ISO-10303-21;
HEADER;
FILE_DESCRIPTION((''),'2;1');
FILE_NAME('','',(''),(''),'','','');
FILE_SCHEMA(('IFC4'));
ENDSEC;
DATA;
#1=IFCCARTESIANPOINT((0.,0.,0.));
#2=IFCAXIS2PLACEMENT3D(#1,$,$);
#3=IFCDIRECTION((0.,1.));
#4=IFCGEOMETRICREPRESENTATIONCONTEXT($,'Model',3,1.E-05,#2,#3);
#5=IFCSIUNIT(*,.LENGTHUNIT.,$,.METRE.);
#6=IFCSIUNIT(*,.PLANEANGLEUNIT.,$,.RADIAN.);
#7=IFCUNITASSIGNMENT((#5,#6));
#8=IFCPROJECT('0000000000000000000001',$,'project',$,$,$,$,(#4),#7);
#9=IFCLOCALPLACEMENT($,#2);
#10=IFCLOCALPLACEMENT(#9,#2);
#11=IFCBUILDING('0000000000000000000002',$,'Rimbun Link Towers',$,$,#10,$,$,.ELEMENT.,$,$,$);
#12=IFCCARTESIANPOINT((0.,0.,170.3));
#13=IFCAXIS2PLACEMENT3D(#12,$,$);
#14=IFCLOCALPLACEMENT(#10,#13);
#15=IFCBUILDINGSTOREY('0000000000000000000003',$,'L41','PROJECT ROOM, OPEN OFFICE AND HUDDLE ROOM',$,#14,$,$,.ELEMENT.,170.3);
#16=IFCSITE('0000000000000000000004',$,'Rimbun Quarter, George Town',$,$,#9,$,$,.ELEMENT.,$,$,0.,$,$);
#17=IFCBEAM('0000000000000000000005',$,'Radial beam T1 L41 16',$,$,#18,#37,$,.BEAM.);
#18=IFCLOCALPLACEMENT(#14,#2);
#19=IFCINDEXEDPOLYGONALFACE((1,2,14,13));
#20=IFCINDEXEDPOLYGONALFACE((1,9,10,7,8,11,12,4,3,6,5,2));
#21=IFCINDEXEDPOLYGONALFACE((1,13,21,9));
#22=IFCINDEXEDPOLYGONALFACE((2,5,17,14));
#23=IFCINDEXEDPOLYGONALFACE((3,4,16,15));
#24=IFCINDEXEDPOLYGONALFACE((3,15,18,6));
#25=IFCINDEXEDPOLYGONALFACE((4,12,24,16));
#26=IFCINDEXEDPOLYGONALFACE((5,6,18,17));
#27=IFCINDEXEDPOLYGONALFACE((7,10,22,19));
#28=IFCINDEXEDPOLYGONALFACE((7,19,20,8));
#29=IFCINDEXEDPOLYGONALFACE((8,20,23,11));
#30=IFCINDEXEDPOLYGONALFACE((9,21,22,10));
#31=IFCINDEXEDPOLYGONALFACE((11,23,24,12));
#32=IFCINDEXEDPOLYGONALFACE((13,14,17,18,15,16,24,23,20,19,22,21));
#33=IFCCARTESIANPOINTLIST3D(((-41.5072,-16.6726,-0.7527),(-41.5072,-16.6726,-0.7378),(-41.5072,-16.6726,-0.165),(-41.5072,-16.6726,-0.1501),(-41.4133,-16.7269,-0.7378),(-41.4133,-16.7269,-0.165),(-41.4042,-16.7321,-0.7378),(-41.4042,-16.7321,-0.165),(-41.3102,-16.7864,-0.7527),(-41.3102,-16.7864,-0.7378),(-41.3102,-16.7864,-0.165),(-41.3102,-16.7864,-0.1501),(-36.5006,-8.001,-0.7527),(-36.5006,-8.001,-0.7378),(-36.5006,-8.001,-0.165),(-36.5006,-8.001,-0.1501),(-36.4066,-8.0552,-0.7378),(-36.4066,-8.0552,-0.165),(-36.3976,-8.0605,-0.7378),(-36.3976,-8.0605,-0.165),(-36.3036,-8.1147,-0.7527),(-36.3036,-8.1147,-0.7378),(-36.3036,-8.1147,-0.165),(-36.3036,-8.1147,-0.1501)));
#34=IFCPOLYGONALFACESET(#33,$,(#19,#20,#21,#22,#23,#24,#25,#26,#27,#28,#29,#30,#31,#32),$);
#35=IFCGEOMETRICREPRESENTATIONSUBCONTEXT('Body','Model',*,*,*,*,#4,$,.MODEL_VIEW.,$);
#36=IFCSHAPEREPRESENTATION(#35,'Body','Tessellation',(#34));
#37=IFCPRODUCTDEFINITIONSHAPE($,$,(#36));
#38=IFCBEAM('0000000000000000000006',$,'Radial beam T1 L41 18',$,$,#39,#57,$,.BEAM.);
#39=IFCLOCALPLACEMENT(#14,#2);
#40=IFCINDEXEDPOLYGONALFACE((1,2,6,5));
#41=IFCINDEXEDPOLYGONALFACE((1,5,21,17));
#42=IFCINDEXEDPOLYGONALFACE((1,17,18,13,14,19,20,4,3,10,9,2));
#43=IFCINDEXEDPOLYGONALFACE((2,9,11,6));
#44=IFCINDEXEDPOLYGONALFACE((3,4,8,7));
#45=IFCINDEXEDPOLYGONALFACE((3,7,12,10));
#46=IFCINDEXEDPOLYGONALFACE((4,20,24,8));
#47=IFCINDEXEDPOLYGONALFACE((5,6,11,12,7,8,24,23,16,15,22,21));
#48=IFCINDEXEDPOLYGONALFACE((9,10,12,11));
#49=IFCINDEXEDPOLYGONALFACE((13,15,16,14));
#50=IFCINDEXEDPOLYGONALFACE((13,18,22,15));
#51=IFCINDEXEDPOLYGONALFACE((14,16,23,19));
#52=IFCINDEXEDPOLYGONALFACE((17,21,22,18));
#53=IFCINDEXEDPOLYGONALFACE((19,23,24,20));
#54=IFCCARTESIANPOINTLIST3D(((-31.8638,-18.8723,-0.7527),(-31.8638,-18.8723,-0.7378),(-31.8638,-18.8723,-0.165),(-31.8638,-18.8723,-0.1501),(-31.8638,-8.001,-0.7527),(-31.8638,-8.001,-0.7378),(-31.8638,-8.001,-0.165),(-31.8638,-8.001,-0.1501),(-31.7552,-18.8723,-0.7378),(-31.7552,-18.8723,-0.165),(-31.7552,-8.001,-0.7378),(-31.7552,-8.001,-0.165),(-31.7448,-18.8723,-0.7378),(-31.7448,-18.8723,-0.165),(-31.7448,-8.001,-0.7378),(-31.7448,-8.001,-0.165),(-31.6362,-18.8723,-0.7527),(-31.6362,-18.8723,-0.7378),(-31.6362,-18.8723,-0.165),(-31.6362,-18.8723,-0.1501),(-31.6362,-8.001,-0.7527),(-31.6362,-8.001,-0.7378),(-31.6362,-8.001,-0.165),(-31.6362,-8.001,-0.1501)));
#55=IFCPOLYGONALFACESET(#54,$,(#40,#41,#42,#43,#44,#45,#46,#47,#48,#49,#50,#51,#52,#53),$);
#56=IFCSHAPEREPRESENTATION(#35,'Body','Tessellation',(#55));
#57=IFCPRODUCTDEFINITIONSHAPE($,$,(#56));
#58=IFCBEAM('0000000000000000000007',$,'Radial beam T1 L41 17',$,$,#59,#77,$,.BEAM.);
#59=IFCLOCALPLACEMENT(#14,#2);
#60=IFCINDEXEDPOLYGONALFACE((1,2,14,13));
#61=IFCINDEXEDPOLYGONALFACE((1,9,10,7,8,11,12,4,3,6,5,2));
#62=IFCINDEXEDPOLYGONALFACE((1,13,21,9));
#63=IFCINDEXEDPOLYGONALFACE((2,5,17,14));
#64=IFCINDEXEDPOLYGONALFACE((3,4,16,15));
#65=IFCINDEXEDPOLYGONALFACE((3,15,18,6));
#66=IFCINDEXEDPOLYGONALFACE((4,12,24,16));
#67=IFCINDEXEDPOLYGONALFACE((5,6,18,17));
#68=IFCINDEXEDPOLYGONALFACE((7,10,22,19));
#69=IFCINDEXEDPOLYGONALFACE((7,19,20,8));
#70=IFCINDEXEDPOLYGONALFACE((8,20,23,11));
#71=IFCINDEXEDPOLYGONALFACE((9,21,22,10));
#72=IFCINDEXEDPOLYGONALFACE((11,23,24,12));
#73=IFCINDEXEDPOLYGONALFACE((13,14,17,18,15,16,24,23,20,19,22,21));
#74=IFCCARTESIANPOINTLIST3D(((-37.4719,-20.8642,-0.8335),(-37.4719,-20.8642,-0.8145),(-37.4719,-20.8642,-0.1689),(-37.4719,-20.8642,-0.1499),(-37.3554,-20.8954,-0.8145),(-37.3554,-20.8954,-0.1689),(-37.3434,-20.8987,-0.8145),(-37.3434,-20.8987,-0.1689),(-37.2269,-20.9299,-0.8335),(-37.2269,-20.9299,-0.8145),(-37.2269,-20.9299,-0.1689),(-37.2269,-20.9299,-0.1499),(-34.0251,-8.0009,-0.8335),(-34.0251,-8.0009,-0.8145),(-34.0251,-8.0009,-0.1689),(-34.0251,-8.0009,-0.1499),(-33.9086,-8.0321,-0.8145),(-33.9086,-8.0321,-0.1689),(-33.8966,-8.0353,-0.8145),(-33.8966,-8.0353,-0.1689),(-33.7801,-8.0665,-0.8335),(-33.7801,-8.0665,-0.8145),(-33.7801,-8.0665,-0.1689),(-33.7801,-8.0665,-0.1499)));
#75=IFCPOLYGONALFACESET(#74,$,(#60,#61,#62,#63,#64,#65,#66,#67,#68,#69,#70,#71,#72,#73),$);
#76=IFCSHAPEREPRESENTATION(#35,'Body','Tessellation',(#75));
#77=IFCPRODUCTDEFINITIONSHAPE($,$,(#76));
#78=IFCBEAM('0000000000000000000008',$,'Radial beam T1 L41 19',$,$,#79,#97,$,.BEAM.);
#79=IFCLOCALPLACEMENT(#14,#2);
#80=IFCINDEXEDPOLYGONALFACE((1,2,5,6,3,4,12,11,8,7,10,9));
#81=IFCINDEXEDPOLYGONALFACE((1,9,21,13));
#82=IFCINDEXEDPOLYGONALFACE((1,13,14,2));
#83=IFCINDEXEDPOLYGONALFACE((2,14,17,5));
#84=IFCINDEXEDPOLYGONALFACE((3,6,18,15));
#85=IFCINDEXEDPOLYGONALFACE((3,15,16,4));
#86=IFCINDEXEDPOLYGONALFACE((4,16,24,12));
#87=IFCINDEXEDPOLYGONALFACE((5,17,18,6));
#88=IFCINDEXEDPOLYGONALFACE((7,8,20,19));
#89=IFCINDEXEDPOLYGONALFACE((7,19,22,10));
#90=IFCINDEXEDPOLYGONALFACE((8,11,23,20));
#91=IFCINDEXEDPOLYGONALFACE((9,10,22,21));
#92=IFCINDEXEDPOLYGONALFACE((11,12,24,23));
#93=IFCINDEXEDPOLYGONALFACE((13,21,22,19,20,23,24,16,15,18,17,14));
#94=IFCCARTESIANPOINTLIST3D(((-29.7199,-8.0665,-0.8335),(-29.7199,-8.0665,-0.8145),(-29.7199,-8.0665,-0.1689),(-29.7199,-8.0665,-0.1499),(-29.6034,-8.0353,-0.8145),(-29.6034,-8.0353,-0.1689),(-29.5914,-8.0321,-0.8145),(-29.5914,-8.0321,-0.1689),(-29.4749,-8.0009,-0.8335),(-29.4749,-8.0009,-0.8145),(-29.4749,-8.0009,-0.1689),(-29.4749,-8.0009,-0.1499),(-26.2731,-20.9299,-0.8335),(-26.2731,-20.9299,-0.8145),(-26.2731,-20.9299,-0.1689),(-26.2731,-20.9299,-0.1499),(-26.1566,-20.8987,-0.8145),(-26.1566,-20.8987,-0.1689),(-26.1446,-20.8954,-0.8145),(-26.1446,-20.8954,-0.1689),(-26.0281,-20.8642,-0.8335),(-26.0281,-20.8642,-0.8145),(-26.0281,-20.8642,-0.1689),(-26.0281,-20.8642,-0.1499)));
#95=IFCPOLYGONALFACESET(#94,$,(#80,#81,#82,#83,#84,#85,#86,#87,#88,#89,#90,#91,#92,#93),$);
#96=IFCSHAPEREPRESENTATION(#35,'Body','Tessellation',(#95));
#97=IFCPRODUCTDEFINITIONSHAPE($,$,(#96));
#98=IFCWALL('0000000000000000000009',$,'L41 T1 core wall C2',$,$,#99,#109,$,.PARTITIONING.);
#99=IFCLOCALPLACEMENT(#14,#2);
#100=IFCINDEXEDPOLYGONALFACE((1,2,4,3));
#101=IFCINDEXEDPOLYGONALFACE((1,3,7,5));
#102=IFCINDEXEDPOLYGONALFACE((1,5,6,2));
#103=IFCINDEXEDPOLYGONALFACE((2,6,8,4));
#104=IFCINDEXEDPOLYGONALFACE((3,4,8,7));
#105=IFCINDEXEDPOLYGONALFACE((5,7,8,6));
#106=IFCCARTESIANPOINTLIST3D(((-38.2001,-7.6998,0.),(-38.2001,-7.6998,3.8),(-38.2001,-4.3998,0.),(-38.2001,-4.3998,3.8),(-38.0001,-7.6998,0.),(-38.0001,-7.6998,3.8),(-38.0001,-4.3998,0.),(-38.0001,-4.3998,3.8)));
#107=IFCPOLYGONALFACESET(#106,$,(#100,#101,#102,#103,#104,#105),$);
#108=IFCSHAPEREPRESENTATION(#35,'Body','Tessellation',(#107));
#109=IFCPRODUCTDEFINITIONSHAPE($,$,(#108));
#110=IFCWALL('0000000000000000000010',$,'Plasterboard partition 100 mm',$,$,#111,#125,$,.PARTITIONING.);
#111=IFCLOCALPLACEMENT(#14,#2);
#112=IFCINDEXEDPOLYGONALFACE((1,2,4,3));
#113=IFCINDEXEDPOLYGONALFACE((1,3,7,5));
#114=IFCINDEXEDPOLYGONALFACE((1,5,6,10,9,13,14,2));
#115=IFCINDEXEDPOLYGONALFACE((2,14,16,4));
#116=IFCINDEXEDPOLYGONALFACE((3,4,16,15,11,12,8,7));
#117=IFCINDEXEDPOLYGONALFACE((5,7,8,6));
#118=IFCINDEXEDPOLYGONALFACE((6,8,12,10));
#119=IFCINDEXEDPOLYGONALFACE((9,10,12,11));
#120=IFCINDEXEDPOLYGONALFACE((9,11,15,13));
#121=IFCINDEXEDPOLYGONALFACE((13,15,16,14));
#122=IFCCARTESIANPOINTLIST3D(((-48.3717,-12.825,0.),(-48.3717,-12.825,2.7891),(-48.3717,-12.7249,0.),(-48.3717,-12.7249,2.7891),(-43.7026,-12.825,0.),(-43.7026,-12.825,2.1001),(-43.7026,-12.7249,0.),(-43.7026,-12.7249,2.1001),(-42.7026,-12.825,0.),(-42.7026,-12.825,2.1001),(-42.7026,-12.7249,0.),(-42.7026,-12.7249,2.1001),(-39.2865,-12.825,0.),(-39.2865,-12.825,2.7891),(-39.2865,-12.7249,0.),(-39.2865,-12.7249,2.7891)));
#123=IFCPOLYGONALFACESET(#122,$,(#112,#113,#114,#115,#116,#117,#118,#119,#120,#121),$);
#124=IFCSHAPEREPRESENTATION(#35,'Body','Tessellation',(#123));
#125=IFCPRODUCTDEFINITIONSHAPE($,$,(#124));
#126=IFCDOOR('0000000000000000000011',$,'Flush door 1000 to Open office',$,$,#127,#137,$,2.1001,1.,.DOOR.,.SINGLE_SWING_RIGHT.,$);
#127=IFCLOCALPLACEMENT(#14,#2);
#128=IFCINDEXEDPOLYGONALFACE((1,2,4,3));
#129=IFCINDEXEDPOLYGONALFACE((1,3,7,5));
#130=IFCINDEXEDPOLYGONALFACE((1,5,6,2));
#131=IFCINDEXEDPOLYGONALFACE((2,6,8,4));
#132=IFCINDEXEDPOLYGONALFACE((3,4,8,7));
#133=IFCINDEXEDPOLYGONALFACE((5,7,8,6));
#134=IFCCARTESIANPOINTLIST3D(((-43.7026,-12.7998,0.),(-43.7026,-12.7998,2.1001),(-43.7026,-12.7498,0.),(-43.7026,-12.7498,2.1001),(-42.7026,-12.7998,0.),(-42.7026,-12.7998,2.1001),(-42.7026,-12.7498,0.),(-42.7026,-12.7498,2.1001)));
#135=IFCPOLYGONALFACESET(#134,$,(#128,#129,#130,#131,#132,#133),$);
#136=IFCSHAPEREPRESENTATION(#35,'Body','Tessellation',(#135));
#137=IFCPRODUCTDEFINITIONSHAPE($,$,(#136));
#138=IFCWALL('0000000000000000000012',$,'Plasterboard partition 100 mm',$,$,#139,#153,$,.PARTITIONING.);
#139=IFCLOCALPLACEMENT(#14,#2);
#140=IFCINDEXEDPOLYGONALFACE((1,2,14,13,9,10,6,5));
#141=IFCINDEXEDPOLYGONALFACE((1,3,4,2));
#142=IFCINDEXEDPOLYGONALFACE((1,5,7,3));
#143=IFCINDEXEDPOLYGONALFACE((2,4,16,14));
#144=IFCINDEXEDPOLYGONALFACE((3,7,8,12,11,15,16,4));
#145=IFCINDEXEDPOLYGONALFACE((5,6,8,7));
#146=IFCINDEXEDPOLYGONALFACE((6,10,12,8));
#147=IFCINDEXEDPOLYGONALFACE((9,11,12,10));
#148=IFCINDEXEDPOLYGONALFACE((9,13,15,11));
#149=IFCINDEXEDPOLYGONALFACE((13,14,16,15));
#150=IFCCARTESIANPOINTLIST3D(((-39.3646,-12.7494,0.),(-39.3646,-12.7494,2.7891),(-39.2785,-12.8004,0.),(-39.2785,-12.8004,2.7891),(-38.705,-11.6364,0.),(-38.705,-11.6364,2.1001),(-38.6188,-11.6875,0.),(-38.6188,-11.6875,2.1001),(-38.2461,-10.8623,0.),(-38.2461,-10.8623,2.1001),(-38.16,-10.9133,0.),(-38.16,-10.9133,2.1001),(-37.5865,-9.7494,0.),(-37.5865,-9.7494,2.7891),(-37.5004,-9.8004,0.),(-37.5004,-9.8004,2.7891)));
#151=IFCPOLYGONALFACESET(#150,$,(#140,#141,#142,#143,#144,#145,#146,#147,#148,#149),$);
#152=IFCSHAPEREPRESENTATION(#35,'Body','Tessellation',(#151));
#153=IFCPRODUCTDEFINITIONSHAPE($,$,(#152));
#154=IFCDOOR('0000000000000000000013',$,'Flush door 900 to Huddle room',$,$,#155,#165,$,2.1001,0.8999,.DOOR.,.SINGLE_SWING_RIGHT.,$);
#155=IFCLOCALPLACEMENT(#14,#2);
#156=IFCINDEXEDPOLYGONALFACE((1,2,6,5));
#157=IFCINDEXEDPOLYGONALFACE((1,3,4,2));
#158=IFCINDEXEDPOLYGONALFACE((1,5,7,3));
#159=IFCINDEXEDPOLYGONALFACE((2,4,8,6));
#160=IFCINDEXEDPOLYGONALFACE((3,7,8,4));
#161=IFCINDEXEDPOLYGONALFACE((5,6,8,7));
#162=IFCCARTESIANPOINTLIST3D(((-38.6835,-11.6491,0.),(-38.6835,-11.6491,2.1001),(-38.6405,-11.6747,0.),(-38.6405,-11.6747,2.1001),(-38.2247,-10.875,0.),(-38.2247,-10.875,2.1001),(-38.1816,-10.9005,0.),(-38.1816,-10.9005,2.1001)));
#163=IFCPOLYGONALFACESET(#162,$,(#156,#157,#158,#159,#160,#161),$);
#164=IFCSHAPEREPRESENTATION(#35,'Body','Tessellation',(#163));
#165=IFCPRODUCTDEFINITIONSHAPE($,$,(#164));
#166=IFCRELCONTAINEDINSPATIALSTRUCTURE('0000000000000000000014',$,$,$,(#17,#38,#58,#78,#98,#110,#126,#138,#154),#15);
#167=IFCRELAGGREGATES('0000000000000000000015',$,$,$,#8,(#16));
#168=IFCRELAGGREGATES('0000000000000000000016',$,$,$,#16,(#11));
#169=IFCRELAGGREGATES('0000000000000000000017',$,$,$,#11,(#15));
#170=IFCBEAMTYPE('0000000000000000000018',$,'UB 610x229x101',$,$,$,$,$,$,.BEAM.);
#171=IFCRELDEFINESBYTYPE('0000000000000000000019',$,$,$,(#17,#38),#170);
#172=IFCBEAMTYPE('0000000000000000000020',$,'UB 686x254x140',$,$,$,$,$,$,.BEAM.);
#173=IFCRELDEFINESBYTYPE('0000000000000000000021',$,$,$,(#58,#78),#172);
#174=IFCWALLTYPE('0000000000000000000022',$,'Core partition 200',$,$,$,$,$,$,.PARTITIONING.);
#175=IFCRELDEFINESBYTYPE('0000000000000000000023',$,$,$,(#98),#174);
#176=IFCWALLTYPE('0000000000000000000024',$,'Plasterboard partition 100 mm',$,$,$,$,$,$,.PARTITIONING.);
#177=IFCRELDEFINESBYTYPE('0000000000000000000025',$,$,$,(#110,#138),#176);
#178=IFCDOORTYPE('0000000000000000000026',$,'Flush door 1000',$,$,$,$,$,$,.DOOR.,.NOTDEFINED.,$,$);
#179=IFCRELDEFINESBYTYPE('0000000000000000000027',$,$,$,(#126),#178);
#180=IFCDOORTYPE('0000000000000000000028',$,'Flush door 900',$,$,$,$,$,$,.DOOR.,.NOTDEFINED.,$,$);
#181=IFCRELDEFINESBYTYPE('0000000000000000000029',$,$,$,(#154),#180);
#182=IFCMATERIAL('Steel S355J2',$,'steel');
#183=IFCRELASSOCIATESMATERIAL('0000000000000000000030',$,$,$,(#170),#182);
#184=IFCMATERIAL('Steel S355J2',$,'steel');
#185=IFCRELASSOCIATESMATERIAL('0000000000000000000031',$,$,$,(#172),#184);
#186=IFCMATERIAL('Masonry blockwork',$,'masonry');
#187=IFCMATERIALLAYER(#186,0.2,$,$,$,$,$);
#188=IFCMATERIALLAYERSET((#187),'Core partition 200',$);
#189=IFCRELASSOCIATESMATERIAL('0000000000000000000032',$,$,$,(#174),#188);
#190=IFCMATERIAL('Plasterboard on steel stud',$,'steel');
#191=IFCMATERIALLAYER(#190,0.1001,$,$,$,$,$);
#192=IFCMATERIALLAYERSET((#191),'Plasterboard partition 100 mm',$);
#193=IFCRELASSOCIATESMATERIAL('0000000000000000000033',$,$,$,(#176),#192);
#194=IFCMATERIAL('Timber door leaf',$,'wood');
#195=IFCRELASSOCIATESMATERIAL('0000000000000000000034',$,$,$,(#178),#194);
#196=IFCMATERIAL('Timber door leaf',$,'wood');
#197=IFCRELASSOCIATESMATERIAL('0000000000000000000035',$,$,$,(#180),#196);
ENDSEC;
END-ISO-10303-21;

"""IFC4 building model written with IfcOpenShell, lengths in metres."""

from ifc_helpers import new_model, si_unit, direction, frame, frame_2d, origin, origin_2d, place, context, subcontext, project, spatial, rectangle, i_section, extrude, material, layer, layer_set, material_profile, profile_set, type_object, element, fill, save


model = new_model("IFC4")

# Units and contexts
model_context = context("Model", 3, precision=1e-05, world=origin(), true_north=direction((0.0, 1.0)))
body_context = subcontext(model_context, "Body", "Model", "MODEL_VIEW")
ifc_project = project(units=[si_unit("LENGTHUNIT", "METRE"), si_unit("PLANEANGLEUNIT", "RADIAN")], contexts=[model_context])

# Site, building, storey
site_placement = place(None, origin())
site = spatial("IfcSite", under=ifc_project, at=site_placement, Name="Rimbun Quarter, George Town", CompositionType="ELEMENT", RefElevation=0.0)
building_placement = place(site_placement, origin())
building = spatial("IfcBuilding", under=site, at=building_placement, Name="Rimbun Link Towers", CompositionType="ELEMENT")
storey_placement = place(building_placement, frame((0.0, 0.0, 170.3)))
storey = spatial("IfcBuildingStorey", under=building, at=storey_placement, Name="L41", Description="PROJECT ROOM, OPEN OFFICE AND HUDDLE ROOM", CompositionType="ELEMENT", Elevation=170.3)

# Beams
ifc_material_1 = material(Name="Steel S355J2", Category="steel")
ifc_material_profile_1 = material_profile(ifc_material_1, i_section(OverallWidth=0.2275, OverallDepth=0.6025, WebThickness=0.0105, FlangeThickness=0.0149, at=origin_2d()), Name="UB 610x229x101")
ifc_profile_set_1 = profile_set([ifc_material_profile_1], Name="Steel S355J2")
beam_type_1 = type_object("IfcBeamType", Name="UB 610x229x101", PredefinedType="BEAM", material=ifc_profile_set_1)
beam_1_placement = place(storey_placement, frame((-36.4021, -8.0579, -0.4514), z_axis=(-0.500002, -0.866024, 0.0), x_axis=(0.866024, -0.500002, 0.0)))
element("IfcBeam", 1, at=beam_1_placement, inside=storey, type_object=beam_type_1, Name="Radial beam T1 L41 16", PredefinedType="BEAM", context=body_context, shape_type="SweptSolid", body=[
    extrude(i_section(OverallWidth=0.2275, OverallDepth=0.6025, WebThickness=0.0105, FlangeThickness=0.0149, at=origin_2d()), origin(), (0.0, 0.0, 1.0), 10.0132),
])
beam_2_placement = place(storey_placement, frame((-31.75, -8.001, -0.4514), z_axis=(0.0, -1.0, 0.0), x_axis=(1.0, 0.0, 0.0)))
element("IfcBeam", 2, at=beam_2_placement, inside=storey, type_object=beam_type_1, Name="Radial beam T1 L41 18", PredefinedType="BEAM", context=body_context, shape_type="SweptSolid", body=[
    extrude(i_section(OverallWidth=0.2275, OverallDepth=0.6025, WebThickness=0.0105, FlangeThickness=0.0149, at=origin_2d()), origin(), (0.0, 0.0, 1.0), 10.8713),
])
ifc_material_2 = material(Name="Steel S355J2", Category="steel")
ifc_material_profile_2 = material_profile(ifc_material_2, i_section(OverallWidth=0.2537, OverallDepth=0.6836, WebThickness=0.0125, FlangeThickness=0.019, at=origin_2d()), Name="UB 686x254x140")
ifc_profile_set_2 = profile_set([ifc_material_profile_2], Name="Steel S355J2")
beam_type_2 = type_object("IfcBeamType", Name="UB 686x254x140", PredefinedType="BEAM", material=ifc_profile_set_2)
for number, where, z_axis, x_axis, name in (
    (3, (-33.9026, -8.0337, -0.4917), (-0.258824, -0.965924, 0.0), (0.965924, -0.258824, 0.0), "Radial beam T1 L41 17"),
    (4, (-29.5974, -8.0337, -0.4917), (0.258824, -0.965924, 0.0), (0.965924, 0.258824, 0.0), "Radial beam T1 L41 19"),
):
    element("IfcBeam", number, at=place(storey_placement, frame(where, z_axis=z_axis, x_axis=x_axis)), inside=storey, type_object=beam_type_2, Name=name, PredefinedType="BEAM", context=body_context, shape_type="SweptSolid", body=[
        extrude(i_section(OverallWidth=0.2537, OverallDepth=0.6836, WebThickness=0.0125, FlangeThickness=0.019, at=origin_2d()), origin(), (0.0, 0.0, 1.0), 13.3171),
    ])

# Wall
ifc_material_3 = material(Name="Masonry blockwork", Category="masonry")
ifc_layer_1 = layer(ifc_material_3, 0.2)
ifc_layer_set_1 = layer_set([ifc_layer_1], Name="Core partition 200")
wall_type_1 = type_object("IfcWallType", Name="Core partition 200", PredefinedType="PARTITIONING", material=ifc_layer_set_1)
wall_1_placement = place(storey_placement, frame((-38.1001, -4.3999, 0.0), z_axis=(0.0, 0.0, 1.0), x_axis=(0.0, -1.0, 0.0)))
element("IfcWall", 5, at=wall_1_placement, inside=storey, type_object=wall_type_1, Name="L41 T1 core wall C2", PredefinedType="PARTITIONING", context=body_context, shape_type="SweptSolid", body=[
    extrude(rectangle(XDim=3.3, YDim=0.2, at=frame_2d((1.6499, 0.0))), origin(), (0.0, 0.0, 1.0), 3.8),
])

# Walls, openings, doors
ifc_material_4 = material(Name="Plasterboard on steel stud", Category="steel")
ifc_layer_2 = layer(ifc_material_4, 0.1001)
ifc_layer_set_2 = layer_set([ifc_layer_2], Name="Plasterboard partition 100 mm")
wall_type_2 = type_object("IfcWallType", Name="Plasterboard partition 100 mm", PredefinedType="PARTITIONING", material=ifc_layer_set_2)
wall_2_placement = place(storey_placement, frame((-39.2866, -12.7749, 0.0), z_axis=(0.0, 0.0, 1.0), x_axis=(-1.0, 0.0, 0.0)))
wall_2 = element("IfcWall", 6, at=wall_2_placement, inside=storey, type_object=wall_type_2, Name="Plasterboard partition 100 mm", PredefinedType="PARTITIONING", context=body_context, shape_type="SweptSolid", body=[
    extrude(rectangle(XDim=9.0852, YDim=0.1001, at=frame_2d((4.5425, 0.0))), origin(), (0.0, 0.0, 1.0), 2.7891),
])
opening_1_placement = place(wall_2_placement, frame((3.416, 0.0, 0.0)))
opening_1 = element("IfcOpeningElement", 7, at=opening_1_placement, cuts=wall_2, PredefinedType="OPENING", context=body_context, shape_type="SweptSolid", body=[
    extrude(rectangle(XDim=1.0, YDim=2.1001, at=frame_2d((0.5, 1.05))), frame((0.0, 0.0601, 0.0), z_axis=(0.0, -1.0, 0.0), x_axis=(1.0, 0.0, 0.0)), (0.0, 0.0, 1.0), 0.1201),
])
ifc_material_5 = material(Name="Timber door leaf", Category="wood")
door_type_1 = type_object("IfcDoorType", Name="Flush door 1000", OperationType="NOTDEFINED", PredefinedType="DOOR", material=ifc_material_5)
door_1_placement = place(opening_1_placement, origin())
door_1 = element("IfcDoor", 8, at=door_1_placement, inside=storey, type_object=door_type_1, Name="Flush door 1000 to Open office", OperationType="SINGLE_SWING_RIGHT", OverallHeight=2.1001, OverallWidth=1.0, PredefinedType="DOOR", context=body_context, shape_type="SweptSolid", body=[
    extrude(rectangle(XDim=1.0, YDim=2.1001, at=frame_2d((0.5, 1.05))), frame((0.0, 0.0249, 0.0), z_axis=(0.0, -1.0, 0.0), x_axis=(1.0, 0.0, 0.0)), (0.0, 0.0, 1.0), 0.05),
])
fill(opening_1, door_1)
wall_3_placement = place(storey_placement, frame((-37.5435, -9.7749, 0.0), z_axis=(0.0, 0.0, 1.0), x_axis=(-0.509866, -0.860254, 0.0)))
wall_3 = element("IfcWall", 9, at=wall_3_placement, inside=storey, type_object=wall_type_2, Name="Plasterboard partition 100 mm", PredefinedType="PARTITIONING", context=body_context, shape_type="SweptSolid", body=[
    extrude(rectangle(XDim=3.4873, YDim=0.1001, at=frame_2d((1.7437, 0.0))), origin(), (0.0, 0.0, 1.0), 2.7891),
])
opening_2_placement = place(wall_3_placement, frame((1.2937, 0.0, 0.0)))
opening_2 = element("IfcOpeningElement", 10, at=opening_2_placement, cuts=wall_3, PredefinedType="OPENING", context=body_context, shape_type="SweptSolid", body=[
    extrude(rectangle(XDim=0.8999, YDim=2.1001, at=frame_2d((0.45, 1.05))), frame((0.0, 0.0601, 0.0), z_axis=(0.0, -1.0, 0.0), x_axis=(1.0, 0.0, 0.0)), (0.0, 0.0, 1.0), 0.1201),
])
ifc_material_6 = material(Name="Timber door leaf", Category="wood")
door_type_2 = type_object("IfcDoorType", Name="Flush door 900", OperationType="NOTDEFINED", PredefinedType="DOOR", material=ifc_material_6)
door_2_placement = place(opening_2_placement, origin())
door_2 = element("IfcDoor", 11, at=door_2_placement, inside=storey, type_object=door_type_2, Name="Flush door 900 to Huddle room", OperationType="SINGLE_SWING_RIGHT", OverallHeight=2.1001, OverallWidth=0.8999, PredefinedType="DOOR", context=body_context, shape_type="SweptSolid", body=[
    extrude(rectangle(XDim=0.8999, YDim=2.1001, at=frame_2d((0.45, 1.05))), frame((0.0, 0.0249, 0.0), z_axis=(0.0, -1.0, 0.0), x_axis=(1.0, 0.0, 0.0)), (0.0, 0.0, 1.0), 0.05),
])
fill(opening_2, door_2)

save(model, "model.ifc")
